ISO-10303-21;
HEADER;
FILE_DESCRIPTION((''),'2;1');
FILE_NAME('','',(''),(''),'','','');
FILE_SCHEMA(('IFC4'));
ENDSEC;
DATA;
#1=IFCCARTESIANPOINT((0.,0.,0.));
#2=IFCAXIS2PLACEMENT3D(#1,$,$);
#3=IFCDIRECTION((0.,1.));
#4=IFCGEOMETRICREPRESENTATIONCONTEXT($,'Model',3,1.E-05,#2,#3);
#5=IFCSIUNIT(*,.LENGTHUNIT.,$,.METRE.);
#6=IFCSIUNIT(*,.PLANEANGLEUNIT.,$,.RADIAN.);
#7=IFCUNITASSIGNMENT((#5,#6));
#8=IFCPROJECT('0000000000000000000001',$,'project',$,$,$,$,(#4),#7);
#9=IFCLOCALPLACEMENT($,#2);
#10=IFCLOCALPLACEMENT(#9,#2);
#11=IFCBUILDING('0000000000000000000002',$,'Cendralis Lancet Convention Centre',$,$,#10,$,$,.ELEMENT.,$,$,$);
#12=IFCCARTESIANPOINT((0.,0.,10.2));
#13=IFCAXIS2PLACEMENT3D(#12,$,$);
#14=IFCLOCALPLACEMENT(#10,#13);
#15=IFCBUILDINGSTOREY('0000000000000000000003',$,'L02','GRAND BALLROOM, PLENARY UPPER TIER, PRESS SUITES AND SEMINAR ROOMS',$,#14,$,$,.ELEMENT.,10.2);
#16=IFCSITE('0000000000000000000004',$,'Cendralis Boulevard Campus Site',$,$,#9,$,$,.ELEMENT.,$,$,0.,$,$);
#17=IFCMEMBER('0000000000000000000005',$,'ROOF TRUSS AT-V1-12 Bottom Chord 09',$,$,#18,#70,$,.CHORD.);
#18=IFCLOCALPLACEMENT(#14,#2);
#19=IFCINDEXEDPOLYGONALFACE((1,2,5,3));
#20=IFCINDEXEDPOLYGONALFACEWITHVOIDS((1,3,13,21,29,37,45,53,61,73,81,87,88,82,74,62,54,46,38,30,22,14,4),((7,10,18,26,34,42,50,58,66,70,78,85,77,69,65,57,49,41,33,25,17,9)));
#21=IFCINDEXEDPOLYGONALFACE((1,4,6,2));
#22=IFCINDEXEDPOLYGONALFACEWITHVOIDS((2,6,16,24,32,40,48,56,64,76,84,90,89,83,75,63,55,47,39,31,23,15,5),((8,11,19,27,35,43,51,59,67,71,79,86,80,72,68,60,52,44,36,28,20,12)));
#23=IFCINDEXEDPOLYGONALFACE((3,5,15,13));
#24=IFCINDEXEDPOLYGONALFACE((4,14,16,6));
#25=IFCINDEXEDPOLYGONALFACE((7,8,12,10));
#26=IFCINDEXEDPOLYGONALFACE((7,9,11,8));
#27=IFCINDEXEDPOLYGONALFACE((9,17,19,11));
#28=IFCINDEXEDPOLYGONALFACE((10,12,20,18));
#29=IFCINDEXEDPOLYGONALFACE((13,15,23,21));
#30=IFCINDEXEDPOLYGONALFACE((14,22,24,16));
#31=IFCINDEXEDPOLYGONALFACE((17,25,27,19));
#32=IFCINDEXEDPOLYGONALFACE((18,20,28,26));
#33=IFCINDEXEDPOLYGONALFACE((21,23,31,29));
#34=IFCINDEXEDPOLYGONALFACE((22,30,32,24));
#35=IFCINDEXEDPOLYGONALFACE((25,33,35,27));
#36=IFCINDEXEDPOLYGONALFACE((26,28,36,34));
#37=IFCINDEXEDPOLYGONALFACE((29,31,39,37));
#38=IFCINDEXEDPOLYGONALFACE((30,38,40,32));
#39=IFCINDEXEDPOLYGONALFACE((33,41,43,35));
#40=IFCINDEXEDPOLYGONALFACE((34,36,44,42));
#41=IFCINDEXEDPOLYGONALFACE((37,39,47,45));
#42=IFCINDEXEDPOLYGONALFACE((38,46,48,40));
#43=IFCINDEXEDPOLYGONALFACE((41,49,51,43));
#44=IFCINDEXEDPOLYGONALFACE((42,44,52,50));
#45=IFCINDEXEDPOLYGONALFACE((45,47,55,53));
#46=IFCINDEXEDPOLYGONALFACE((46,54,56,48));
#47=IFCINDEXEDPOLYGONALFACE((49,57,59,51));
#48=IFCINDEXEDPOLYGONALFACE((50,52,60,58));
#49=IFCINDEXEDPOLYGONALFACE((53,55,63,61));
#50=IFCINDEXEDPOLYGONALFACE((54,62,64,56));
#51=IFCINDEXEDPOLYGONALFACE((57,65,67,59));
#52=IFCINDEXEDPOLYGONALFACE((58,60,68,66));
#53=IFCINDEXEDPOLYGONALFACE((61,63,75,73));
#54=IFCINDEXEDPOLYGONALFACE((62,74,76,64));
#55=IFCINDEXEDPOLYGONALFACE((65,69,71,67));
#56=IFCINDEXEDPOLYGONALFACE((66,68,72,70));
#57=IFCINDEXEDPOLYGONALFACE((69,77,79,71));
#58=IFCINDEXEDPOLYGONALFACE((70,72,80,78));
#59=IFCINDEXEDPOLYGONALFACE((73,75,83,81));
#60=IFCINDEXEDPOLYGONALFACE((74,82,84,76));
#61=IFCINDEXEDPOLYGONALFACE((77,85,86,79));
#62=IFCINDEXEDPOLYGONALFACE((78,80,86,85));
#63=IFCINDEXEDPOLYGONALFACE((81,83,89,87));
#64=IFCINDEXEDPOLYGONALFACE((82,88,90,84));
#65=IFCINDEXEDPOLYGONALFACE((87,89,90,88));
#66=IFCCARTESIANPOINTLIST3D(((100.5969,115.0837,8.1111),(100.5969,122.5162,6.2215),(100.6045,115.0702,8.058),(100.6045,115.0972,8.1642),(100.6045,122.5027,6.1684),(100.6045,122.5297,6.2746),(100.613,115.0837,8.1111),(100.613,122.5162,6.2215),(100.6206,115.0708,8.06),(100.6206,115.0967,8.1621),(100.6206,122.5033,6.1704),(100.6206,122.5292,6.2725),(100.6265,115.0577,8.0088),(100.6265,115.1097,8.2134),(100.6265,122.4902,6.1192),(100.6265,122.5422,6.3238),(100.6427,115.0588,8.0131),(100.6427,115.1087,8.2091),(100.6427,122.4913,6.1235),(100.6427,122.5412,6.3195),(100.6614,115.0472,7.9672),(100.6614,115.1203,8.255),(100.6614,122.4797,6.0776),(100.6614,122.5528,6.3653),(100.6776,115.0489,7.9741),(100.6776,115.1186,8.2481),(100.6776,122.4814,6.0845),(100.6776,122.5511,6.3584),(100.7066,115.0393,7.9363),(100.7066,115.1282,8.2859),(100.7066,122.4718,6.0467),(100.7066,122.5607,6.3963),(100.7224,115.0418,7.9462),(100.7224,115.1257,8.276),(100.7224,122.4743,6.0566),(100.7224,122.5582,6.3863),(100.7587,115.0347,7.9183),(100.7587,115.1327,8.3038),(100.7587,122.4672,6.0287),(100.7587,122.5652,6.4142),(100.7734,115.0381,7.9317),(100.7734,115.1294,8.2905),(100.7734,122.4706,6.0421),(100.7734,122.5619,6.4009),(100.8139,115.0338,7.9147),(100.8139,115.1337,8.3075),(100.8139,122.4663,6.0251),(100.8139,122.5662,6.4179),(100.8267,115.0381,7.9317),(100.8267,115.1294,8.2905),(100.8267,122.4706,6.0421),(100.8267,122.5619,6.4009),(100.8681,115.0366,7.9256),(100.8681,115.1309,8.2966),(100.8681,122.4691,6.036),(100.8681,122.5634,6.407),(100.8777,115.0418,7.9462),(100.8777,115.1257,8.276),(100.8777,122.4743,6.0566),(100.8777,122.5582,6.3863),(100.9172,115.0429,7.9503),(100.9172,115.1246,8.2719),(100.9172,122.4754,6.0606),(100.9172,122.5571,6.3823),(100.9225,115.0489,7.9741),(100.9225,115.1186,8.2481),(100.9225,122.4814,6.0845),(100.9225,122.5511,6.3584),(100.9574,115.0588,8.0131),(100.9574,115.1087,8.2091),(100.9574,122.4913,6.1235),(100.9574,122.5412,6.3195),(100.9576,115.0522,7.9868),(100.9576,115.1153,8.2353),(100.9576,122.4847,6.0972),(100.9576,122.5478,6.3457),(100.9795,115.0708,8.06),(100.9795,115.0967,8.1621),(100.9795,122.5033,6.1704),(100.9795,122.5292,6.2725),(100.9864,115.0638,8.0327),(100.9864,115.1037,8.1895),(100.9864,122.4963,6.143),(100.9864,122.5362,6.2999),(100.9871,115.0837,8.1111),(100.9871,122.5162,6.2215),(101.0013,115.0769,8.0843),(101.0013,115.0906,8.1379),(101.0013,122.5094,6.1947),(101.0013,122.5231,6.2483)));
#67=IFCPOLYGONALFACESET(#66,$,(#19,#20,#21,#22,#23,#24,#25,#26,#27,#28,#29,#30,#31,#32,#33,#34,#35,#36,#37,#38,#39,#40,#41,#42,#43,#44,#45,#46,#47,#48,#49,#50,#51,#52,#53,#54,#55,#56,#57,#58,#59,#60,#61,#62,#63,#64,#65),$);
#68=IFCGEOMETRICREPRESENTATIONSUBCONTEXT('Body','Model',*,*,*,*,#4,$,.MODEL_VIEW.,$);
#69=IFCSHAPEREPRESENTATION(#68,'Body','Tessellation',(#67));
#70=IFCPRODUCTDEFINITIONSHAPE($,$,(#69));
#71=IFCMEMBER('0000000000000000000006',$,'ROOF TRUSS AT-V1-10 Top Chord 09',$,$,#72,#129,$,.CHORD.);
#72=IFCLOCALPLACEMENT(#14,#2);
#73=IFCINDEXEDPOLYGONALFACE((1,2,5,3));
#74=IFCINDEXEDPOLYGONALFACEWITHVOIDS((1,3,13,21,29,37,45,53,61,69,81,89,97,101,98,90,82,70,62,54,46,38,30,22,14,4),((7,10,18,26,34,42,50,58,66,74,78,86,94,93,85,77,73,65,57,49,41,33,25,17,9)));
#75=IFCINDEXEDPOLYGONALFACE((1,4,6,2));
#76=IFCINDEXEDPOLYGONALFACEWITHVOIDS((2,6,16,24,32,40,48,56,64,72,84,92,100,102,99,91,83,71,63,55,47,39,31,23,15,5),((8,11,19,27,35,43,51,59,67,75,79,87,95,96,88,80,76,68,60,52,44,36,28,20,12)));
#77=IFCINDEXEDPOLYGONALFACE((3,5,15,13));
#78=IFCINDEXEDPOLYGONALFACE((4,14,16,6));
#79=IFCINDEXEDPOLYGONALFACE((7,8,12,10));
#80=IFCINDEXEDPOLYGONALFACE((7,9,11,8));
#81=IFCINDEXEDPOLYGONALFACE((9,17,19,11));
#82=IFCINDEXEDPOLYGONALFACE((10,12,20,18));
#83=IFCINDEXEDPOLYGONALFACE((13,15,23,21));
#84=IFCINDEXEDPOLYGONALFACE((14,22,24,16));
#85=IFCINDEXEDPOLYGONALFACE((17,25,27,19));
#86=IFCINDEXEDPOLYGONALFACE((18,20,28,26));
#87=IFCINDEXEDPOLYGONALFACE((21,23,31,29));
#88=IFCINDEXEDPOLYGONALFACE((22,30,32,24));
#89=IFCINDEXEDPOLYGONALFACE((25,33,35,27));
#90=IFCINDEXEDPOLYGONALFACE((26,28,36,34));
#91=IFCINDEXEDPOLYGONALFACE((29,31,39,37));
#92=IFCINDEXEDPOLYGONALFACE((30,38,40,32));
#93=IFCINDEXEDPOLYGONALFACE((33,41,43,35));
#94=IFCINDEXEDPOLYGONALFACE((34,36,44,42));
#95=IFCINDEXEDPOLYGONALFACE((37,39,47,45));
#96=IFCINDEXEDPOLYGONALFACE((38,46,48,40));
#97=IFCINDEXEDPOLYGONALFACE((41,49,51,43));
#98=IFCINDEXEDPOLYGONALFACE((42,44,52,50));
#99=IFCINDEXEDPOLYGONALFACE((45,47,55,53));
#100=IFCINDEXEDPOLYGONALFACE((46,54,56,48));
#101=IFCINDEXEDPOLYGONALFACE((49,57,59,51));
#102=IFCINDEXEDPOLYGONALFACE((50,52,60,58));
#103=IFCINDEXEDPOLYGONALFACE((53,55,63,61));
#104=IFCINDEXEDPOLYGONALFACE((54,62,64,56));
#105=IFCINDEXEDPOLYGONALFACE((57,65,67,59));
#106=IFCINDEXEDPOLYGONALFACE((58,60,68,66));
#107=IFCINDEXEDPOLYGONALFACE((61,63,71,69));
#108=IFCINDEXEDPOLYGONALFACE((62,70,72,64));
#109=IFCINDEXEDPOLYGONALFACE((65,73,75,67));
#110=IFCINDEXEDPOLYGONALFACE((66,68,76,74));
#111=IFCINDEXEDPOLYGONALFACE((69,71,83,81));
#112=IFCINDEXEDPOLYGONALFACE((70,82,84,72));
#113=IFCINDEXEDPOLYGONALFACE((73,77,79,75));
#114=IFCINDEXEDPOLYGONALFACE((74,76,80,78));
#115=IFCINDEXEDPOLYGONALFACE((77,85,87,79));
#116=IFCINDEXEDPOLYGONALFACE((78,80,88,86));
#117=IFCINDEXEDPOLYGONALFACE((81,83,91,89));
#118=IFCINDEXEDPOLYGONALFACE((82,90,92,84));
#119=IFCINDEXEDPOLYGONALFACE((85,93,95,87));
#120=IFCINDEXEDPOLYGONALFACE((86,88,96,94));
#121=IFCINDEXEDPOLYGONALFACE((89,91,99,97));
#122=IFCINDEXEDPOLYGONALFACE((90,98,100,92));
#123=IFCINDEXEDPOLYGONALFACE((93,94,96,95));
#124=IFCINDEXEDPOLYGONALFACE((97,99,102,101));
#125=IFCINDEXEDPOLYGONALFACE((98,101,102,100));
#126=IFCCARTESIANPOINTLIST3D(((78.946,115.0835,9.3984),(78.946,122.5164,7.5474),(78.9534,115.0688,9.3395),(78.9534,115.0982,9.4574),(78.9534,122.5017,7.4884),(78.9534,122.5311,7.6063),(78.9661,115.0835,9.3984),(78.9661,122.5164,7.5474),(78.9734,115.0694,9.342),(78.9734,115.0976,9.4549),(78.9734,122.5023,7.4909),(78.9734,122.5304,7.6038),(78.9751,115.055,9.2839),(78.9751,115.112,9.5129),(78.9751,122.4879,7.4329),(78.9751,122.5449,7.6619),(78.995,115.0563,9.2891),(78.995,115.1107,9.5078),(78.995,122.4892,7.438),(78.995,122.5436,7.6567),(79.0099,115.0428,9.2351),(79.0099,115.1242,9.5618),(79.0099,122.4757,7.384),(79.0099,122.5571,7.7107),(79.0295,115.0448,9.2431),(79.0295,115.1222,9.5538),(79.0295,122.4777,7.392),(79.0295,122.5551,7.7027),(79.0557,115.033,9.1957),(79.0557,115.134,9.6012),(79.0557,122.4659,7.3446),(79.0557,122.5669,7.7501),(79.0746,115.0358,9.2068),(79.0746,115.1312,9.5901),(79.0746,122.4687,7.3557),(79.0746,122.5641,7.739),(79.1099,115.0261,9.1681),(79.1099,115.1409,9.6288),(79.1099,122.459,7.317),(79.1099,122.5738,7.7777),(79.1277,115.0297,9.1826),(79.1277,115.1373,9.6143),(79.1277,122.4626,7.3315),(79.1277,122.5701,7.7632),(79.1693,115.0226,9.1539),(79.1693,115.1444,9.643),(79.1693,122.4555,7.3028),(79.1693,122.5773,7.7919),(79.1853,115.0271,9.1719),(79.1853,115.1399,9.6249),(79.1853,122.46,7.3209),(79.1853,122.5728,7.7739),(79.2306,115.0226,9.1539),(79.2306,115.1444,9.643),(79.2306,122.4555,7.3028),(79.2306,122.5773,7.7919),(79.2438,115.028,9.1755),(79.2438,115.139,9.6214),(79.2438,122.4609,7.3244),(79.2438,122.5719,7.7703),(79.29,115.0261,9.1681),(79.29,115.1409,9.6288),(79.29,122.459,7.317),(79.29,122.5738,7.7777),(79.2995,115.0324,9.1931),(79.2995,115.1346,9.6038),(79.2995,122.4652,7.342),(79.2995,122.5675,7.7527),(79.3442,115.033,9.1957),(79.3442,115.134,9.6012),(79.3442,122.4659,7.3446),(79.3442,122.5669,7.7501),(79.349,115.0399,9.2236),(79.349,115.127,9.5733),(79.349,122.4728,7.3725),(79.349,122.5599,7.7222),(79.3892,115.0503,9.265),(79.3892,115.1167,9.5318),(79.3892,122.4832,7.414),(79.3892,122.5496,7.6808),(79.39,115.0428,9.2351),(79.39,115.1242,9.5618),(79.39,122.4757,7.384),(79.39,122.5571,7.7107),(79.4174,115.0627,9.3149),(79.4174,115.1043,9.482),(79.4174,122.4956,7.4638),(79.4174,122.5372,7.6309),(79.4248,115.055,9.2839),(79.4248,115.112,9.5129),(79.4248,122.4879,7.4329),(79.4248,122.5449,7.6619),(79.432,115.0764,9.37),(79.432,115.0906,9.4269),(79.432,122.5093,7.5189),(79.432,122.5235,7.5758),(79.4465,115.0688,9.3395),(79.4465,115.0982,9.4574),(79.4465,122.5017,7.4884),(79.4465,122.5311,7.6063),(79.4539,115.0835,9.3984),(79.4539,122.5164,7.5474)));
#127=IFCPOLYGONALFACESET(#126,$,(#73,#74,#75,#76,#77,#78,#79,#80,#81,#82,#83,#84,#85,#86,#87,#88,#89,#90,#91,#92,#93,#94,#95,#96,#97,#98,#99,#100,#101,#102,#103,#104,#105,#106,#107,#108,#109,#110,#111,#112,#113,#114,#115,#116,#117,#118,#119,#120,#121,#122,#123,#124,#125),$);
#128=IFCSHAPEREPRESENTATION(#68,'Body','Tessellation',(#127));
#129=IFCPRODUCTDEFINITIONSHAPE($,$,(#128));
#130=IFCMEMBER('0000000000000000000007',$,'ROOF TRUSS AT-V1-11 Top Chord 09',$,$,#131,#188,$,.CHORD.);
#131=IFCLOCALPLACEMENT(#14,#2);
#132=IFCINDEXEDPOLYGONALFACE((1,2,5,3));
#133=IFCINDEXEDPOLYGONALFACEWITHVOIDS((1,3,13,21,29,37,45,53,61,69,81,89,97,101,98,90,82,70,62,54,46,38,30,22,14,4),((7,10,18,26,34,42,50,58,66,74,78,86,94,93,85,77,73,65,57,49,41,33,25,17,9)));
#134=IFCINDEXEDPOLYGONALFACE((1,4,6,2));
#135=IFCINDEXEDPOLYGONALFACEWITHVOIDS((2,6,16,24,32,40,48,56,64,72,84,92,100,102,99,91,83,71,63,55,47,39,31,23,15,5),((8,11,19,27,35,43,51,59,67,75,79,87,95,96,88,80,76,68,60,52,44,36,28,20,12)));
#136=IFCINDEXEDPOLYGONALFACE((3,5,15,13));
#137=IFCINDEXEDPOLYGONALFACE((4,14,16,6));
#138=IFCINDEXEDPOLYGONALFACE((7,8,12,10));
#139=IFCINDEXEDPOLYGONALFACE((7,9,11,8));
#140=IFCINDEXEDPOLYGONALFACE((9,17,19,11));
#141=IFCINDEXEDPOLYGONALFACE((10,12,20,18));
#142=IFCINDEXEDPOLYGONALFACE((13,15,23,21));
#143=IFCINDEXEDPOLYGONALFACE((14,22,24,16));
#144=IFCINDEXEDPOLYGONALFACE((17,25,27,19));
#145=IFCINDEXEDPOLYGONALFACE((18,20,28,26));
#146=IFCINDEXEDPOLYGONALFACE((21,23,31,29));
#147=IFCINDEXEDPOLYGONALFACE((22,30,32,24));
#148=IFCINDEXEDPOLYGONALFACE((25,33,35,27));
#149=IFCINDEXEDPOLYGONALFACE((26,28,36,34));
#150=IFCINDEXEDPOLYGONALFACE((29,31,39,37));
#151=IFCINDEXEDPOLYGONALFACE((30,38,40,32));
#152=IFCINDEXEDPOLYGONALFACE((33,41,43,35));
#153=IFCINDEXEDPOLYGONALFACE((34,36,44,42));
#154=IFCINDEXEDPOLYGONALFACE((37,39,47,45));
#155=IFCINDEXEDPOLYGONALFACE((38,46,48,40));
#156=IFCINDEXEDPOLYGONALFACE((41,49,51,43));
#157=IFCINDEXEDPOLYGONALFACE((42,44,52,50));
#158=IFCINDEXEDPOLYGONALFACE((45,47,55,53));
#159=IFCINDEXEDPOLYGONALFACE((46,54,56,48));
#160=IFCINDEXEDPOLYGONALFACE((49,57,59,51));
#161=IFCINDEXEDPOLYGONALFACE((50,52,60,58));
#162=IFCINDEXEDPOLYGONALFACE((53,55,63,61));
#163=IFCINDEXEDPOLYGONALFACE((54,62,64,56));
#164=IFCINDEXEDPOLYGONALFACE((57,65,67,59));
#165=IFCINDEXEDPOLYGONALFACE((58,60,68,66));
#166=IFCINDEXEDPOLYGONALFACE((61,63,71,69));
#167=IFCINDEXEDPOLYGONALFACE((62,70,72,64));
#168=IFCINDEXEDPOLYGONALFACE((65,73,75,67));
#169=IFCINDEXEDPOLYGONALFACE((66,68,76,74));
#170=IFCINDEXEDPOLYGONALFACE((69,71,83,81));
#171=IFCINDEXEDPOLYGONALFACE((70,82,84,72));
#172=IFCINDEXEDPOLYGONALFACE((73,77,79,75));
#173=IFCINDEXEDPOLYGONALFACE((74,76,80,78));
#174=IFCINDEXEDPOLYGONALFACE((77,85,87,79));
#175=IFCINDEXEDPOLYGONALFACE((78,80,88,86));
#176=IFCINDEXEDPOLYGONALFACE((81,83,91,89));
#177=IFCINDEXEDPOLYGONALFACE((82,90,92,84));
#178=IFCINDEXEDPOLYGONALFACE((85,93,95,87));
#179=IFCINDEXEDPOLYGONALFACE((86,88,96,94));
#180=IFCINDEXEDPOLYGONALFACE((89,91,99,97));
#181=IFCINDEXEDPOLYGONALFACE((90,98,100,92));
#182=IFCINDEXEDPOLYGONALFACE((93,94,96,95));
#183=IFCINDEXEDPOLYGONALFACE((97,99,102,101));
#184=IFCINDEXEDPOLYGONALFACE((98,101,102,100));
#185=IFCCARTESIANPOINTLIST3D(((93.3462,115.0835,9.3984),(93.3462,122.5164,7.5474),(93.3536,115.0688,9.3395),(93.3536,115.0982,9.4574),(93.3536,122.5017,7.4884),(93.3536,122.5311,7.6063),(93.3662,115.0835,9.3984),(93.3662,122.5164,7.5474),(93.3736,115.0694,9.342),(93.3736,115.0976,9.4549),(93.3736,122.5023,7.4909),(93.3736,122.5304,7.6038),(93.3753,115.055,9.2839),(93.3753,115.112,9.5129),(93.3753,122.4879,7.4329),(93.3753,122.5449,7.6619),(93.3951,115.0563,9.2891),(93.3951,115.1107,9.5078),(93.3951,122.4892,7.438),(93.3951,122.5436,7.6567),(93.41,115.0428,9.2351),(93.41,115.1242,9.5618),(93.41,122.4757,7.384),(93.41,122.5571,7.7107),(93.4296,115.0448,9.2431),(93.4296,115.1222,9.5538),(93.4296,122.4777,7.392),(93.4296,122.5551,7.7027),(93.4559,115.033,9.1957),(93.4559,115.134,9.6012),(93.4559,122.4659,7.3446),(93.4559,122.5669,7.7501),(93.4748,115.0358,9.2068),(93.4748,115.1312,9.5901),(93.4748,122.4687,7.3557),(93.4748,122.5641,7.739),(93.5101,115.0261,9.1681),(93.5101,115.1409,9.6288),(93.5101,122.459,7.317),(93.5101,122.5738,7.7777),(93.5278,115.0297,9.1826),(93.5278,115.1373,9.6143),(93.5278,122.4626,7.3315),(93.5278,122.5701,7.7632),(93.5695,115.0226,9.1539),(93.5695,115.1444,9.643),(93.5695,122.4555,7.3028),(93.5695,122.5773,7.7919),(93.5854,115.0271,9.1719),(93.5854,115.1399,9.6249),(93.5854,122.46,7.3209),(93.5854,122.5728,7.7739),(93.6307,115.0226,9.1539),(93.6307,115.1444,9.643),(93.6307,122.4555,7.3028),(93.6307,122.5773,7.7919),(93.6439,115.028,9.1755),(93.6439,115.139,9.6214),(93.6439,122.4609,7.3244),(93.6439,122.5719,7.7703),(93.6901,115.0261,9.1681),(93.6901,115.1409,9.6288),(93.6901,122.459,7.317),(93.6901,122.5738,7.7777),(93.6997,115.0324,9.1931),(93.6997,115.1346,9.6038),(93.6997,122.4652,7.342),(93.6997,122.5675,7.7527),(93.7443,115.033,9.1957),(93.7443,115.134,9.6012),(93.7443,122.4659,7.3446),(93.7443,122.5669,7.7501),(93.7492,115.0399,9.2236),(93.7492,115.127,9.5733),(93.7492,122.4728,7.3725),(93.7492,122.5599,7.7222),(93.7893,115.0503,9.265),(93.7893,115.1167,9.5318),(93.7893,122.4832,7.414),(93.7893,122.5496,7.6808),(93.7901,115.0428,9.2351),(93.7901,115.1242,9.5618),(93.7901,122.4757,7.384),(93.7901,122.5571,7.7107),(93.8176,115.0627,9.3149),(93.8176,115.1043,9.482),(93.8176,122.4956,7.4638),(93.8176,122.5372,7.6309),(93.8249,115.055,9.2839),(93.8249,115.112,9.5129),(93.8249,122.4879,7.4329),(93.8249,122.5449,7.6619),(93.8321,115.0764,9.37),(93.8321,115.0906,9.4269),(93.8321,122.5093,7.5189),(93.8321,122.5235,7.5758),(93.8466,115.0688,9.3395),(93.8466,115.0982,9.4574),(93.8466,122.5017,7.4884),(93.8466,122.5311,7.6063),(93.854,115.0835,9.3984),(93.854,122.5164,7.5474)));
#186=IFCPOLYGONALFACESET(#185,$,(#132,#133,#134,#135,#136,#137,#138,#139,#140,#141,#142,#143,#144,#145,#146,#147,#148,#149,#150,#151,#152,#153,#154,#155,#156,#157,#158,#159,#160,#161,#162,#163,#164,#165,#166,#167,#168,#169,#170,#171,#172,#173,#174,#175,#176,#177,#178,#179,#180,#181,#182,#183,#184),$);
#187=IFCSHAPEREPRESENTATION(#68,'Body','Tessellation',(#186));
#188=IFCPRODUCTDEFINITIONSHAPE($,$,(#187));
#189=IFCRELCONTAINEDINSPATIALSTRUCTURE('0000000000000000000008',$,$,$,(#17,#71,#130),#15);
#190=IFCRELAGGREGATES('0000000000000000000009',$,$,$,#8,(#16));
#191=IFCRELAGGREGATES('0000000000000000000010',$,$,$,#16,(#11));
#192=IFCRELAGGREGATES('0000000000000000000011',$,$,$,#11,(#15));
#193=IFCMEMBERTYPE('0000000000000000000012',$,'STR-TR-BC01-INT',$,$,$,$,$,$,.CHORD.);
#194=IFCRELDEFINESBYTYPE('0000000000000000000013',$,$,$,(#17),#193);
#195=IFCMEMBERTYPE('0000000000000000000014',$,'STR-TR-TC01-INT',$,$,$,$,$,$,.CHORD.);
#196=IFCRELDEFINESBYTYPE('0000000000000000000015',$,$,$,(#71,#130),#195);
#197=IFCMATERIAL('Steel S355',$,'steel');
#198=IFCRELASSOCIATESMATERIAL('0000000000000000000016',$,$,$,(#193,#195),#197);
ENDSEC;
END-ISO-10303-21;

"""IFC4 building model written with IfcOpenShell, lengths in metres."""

from ifc_helpers import new_model, si_unit, direction, frame, origin, origin_2d, place, context, subcontext, project, spatial, hollow_circle, extrude, material, material_profile, profile_set, type_object, element, save


model = new_model("IFC4")

# Units and contexts
model_context = context("Model", 3, precision=1e-05, world=origin(), true_north=direction((0.0, 1.0)))
body_context = subcontext(model_context, "Body", "Model", "MODEL_VIEW")
ifc_project = project(units=[si_unit("LENGTHUNIT", "METRE"), si_unit("PLANEANGLEUNIT", "RADIAN")], contexts=[model_context])

# Site, building, storey
site_placement = place(None, origin())
site = spatial("IfcSite", under=ifc_project, at=site_placement, Name="Cendralis Boulevard Campus Site", CompositionType="ELEMENT", RefElevation=0.0)
building_placement = place(site_placement, origin())
building = spatial("IfcBuilding", under=site, at=building_placement, Name="Cendralis Lancet Convention Centre", CompositionType="ELEMENT")
storey_placement = place(building_placement, frame((0.0, 0.0, 10.2)))
storey = spatial("IfcBuildingStorey", under=building, at=storey_placement, Name="L02", Description="GRAND BALLROOM, PLENARY UPPER TIER, PRESS SUITES AND SEMINAR ROOMS", CompositionType="ELEMENT", Elevation=10.2)

# Members
ifc_material = material(Name="Steel S355", Category="steel")
ifc_material_profile_1 = material_profile(ifc_material, hollow_circle(Radius=0.2031, WallThickness=0.0161, at=origin_2d()), Name="CHS 406.4x16.0")
ifc_profile_set_1 = profile_set([ifc_material_profile_1], Name="Steel S355")
member_type_1 = type_object("IfcMemberType", Name="STR-TR-BC01-INT", PredefinedType="CHORD", material=ifc_profile_set_1)
for number, where, z_axis, x_axis, name in (
    (1, (100.8, 115.0837, 8.1111), (0.0, 0.969169, -0.246399), (-1.0, 0.0, 0.0), "ROOF TRUSS AT-V1-12 Bottom Chord 09"),
):
    element("IfcMember", number, at=place(storey_placement, frame(where, z_axis=z_axis, x_axis=x_axis)), inside=storey, type_object=member_type_1, Name=name, PredefinedType="CHORD", context=body_context, shape_type="SweptSolid", body=[
        extrude(hollow_circle(Radius=0.2031, WallThickness=0.0161, at=origin_2d()), origin(), (0.0, 0.0, 1.0), 7.6689),
    ])
ifc_material_profile_2 = material_profile(ifc_material, hollow_circle(Radius=0.2539, WallThickness=0.02, at=origin_2d()), Name="CHS 508.0x20.0")
ifc_profile_set_2 = profile_set([ifc_material_profile_2], Name="Steel S355")
member_type_2 = type_object("IfcMemberType", Name="STR-TR-TC01-INT", PredefinedType="CHORD", material=ifc_profile_set_2)
for number, where, z_axis, x_axis, name in (
    (2, (79.2, 115.0835, 9.3984), (0.0, 0.970361, -0.241658), (-1.0, 0.0, 0.0), "ROOF TRUSS AT-V1-10 Top Chord 09"),
    (3, (93.6001, 115.0835, 9.3984), (0.0, 0.970361, -0.241658), (-1.0, 0.0, 0.0), "ROOF TRUSS AT-V1-11 Top Chord 09"),
):
    element("IfcMember", number, at=place(storey_placement, frame(where, z_axis=z_axis, x_axis=x_axis)), inside=storey, type_object=member_type_2, Name=name, PredefinedType="CHORD", context=body_context, shape_type="SweptSolid", body=[
        extrude(hollow_circle(Radius=0.2539, WallThickness=0.02, at=origin_2d()), origin(), (0.0, 0.0, 1.0), 7.6599),
    ])

save(model, "model.ifc")
